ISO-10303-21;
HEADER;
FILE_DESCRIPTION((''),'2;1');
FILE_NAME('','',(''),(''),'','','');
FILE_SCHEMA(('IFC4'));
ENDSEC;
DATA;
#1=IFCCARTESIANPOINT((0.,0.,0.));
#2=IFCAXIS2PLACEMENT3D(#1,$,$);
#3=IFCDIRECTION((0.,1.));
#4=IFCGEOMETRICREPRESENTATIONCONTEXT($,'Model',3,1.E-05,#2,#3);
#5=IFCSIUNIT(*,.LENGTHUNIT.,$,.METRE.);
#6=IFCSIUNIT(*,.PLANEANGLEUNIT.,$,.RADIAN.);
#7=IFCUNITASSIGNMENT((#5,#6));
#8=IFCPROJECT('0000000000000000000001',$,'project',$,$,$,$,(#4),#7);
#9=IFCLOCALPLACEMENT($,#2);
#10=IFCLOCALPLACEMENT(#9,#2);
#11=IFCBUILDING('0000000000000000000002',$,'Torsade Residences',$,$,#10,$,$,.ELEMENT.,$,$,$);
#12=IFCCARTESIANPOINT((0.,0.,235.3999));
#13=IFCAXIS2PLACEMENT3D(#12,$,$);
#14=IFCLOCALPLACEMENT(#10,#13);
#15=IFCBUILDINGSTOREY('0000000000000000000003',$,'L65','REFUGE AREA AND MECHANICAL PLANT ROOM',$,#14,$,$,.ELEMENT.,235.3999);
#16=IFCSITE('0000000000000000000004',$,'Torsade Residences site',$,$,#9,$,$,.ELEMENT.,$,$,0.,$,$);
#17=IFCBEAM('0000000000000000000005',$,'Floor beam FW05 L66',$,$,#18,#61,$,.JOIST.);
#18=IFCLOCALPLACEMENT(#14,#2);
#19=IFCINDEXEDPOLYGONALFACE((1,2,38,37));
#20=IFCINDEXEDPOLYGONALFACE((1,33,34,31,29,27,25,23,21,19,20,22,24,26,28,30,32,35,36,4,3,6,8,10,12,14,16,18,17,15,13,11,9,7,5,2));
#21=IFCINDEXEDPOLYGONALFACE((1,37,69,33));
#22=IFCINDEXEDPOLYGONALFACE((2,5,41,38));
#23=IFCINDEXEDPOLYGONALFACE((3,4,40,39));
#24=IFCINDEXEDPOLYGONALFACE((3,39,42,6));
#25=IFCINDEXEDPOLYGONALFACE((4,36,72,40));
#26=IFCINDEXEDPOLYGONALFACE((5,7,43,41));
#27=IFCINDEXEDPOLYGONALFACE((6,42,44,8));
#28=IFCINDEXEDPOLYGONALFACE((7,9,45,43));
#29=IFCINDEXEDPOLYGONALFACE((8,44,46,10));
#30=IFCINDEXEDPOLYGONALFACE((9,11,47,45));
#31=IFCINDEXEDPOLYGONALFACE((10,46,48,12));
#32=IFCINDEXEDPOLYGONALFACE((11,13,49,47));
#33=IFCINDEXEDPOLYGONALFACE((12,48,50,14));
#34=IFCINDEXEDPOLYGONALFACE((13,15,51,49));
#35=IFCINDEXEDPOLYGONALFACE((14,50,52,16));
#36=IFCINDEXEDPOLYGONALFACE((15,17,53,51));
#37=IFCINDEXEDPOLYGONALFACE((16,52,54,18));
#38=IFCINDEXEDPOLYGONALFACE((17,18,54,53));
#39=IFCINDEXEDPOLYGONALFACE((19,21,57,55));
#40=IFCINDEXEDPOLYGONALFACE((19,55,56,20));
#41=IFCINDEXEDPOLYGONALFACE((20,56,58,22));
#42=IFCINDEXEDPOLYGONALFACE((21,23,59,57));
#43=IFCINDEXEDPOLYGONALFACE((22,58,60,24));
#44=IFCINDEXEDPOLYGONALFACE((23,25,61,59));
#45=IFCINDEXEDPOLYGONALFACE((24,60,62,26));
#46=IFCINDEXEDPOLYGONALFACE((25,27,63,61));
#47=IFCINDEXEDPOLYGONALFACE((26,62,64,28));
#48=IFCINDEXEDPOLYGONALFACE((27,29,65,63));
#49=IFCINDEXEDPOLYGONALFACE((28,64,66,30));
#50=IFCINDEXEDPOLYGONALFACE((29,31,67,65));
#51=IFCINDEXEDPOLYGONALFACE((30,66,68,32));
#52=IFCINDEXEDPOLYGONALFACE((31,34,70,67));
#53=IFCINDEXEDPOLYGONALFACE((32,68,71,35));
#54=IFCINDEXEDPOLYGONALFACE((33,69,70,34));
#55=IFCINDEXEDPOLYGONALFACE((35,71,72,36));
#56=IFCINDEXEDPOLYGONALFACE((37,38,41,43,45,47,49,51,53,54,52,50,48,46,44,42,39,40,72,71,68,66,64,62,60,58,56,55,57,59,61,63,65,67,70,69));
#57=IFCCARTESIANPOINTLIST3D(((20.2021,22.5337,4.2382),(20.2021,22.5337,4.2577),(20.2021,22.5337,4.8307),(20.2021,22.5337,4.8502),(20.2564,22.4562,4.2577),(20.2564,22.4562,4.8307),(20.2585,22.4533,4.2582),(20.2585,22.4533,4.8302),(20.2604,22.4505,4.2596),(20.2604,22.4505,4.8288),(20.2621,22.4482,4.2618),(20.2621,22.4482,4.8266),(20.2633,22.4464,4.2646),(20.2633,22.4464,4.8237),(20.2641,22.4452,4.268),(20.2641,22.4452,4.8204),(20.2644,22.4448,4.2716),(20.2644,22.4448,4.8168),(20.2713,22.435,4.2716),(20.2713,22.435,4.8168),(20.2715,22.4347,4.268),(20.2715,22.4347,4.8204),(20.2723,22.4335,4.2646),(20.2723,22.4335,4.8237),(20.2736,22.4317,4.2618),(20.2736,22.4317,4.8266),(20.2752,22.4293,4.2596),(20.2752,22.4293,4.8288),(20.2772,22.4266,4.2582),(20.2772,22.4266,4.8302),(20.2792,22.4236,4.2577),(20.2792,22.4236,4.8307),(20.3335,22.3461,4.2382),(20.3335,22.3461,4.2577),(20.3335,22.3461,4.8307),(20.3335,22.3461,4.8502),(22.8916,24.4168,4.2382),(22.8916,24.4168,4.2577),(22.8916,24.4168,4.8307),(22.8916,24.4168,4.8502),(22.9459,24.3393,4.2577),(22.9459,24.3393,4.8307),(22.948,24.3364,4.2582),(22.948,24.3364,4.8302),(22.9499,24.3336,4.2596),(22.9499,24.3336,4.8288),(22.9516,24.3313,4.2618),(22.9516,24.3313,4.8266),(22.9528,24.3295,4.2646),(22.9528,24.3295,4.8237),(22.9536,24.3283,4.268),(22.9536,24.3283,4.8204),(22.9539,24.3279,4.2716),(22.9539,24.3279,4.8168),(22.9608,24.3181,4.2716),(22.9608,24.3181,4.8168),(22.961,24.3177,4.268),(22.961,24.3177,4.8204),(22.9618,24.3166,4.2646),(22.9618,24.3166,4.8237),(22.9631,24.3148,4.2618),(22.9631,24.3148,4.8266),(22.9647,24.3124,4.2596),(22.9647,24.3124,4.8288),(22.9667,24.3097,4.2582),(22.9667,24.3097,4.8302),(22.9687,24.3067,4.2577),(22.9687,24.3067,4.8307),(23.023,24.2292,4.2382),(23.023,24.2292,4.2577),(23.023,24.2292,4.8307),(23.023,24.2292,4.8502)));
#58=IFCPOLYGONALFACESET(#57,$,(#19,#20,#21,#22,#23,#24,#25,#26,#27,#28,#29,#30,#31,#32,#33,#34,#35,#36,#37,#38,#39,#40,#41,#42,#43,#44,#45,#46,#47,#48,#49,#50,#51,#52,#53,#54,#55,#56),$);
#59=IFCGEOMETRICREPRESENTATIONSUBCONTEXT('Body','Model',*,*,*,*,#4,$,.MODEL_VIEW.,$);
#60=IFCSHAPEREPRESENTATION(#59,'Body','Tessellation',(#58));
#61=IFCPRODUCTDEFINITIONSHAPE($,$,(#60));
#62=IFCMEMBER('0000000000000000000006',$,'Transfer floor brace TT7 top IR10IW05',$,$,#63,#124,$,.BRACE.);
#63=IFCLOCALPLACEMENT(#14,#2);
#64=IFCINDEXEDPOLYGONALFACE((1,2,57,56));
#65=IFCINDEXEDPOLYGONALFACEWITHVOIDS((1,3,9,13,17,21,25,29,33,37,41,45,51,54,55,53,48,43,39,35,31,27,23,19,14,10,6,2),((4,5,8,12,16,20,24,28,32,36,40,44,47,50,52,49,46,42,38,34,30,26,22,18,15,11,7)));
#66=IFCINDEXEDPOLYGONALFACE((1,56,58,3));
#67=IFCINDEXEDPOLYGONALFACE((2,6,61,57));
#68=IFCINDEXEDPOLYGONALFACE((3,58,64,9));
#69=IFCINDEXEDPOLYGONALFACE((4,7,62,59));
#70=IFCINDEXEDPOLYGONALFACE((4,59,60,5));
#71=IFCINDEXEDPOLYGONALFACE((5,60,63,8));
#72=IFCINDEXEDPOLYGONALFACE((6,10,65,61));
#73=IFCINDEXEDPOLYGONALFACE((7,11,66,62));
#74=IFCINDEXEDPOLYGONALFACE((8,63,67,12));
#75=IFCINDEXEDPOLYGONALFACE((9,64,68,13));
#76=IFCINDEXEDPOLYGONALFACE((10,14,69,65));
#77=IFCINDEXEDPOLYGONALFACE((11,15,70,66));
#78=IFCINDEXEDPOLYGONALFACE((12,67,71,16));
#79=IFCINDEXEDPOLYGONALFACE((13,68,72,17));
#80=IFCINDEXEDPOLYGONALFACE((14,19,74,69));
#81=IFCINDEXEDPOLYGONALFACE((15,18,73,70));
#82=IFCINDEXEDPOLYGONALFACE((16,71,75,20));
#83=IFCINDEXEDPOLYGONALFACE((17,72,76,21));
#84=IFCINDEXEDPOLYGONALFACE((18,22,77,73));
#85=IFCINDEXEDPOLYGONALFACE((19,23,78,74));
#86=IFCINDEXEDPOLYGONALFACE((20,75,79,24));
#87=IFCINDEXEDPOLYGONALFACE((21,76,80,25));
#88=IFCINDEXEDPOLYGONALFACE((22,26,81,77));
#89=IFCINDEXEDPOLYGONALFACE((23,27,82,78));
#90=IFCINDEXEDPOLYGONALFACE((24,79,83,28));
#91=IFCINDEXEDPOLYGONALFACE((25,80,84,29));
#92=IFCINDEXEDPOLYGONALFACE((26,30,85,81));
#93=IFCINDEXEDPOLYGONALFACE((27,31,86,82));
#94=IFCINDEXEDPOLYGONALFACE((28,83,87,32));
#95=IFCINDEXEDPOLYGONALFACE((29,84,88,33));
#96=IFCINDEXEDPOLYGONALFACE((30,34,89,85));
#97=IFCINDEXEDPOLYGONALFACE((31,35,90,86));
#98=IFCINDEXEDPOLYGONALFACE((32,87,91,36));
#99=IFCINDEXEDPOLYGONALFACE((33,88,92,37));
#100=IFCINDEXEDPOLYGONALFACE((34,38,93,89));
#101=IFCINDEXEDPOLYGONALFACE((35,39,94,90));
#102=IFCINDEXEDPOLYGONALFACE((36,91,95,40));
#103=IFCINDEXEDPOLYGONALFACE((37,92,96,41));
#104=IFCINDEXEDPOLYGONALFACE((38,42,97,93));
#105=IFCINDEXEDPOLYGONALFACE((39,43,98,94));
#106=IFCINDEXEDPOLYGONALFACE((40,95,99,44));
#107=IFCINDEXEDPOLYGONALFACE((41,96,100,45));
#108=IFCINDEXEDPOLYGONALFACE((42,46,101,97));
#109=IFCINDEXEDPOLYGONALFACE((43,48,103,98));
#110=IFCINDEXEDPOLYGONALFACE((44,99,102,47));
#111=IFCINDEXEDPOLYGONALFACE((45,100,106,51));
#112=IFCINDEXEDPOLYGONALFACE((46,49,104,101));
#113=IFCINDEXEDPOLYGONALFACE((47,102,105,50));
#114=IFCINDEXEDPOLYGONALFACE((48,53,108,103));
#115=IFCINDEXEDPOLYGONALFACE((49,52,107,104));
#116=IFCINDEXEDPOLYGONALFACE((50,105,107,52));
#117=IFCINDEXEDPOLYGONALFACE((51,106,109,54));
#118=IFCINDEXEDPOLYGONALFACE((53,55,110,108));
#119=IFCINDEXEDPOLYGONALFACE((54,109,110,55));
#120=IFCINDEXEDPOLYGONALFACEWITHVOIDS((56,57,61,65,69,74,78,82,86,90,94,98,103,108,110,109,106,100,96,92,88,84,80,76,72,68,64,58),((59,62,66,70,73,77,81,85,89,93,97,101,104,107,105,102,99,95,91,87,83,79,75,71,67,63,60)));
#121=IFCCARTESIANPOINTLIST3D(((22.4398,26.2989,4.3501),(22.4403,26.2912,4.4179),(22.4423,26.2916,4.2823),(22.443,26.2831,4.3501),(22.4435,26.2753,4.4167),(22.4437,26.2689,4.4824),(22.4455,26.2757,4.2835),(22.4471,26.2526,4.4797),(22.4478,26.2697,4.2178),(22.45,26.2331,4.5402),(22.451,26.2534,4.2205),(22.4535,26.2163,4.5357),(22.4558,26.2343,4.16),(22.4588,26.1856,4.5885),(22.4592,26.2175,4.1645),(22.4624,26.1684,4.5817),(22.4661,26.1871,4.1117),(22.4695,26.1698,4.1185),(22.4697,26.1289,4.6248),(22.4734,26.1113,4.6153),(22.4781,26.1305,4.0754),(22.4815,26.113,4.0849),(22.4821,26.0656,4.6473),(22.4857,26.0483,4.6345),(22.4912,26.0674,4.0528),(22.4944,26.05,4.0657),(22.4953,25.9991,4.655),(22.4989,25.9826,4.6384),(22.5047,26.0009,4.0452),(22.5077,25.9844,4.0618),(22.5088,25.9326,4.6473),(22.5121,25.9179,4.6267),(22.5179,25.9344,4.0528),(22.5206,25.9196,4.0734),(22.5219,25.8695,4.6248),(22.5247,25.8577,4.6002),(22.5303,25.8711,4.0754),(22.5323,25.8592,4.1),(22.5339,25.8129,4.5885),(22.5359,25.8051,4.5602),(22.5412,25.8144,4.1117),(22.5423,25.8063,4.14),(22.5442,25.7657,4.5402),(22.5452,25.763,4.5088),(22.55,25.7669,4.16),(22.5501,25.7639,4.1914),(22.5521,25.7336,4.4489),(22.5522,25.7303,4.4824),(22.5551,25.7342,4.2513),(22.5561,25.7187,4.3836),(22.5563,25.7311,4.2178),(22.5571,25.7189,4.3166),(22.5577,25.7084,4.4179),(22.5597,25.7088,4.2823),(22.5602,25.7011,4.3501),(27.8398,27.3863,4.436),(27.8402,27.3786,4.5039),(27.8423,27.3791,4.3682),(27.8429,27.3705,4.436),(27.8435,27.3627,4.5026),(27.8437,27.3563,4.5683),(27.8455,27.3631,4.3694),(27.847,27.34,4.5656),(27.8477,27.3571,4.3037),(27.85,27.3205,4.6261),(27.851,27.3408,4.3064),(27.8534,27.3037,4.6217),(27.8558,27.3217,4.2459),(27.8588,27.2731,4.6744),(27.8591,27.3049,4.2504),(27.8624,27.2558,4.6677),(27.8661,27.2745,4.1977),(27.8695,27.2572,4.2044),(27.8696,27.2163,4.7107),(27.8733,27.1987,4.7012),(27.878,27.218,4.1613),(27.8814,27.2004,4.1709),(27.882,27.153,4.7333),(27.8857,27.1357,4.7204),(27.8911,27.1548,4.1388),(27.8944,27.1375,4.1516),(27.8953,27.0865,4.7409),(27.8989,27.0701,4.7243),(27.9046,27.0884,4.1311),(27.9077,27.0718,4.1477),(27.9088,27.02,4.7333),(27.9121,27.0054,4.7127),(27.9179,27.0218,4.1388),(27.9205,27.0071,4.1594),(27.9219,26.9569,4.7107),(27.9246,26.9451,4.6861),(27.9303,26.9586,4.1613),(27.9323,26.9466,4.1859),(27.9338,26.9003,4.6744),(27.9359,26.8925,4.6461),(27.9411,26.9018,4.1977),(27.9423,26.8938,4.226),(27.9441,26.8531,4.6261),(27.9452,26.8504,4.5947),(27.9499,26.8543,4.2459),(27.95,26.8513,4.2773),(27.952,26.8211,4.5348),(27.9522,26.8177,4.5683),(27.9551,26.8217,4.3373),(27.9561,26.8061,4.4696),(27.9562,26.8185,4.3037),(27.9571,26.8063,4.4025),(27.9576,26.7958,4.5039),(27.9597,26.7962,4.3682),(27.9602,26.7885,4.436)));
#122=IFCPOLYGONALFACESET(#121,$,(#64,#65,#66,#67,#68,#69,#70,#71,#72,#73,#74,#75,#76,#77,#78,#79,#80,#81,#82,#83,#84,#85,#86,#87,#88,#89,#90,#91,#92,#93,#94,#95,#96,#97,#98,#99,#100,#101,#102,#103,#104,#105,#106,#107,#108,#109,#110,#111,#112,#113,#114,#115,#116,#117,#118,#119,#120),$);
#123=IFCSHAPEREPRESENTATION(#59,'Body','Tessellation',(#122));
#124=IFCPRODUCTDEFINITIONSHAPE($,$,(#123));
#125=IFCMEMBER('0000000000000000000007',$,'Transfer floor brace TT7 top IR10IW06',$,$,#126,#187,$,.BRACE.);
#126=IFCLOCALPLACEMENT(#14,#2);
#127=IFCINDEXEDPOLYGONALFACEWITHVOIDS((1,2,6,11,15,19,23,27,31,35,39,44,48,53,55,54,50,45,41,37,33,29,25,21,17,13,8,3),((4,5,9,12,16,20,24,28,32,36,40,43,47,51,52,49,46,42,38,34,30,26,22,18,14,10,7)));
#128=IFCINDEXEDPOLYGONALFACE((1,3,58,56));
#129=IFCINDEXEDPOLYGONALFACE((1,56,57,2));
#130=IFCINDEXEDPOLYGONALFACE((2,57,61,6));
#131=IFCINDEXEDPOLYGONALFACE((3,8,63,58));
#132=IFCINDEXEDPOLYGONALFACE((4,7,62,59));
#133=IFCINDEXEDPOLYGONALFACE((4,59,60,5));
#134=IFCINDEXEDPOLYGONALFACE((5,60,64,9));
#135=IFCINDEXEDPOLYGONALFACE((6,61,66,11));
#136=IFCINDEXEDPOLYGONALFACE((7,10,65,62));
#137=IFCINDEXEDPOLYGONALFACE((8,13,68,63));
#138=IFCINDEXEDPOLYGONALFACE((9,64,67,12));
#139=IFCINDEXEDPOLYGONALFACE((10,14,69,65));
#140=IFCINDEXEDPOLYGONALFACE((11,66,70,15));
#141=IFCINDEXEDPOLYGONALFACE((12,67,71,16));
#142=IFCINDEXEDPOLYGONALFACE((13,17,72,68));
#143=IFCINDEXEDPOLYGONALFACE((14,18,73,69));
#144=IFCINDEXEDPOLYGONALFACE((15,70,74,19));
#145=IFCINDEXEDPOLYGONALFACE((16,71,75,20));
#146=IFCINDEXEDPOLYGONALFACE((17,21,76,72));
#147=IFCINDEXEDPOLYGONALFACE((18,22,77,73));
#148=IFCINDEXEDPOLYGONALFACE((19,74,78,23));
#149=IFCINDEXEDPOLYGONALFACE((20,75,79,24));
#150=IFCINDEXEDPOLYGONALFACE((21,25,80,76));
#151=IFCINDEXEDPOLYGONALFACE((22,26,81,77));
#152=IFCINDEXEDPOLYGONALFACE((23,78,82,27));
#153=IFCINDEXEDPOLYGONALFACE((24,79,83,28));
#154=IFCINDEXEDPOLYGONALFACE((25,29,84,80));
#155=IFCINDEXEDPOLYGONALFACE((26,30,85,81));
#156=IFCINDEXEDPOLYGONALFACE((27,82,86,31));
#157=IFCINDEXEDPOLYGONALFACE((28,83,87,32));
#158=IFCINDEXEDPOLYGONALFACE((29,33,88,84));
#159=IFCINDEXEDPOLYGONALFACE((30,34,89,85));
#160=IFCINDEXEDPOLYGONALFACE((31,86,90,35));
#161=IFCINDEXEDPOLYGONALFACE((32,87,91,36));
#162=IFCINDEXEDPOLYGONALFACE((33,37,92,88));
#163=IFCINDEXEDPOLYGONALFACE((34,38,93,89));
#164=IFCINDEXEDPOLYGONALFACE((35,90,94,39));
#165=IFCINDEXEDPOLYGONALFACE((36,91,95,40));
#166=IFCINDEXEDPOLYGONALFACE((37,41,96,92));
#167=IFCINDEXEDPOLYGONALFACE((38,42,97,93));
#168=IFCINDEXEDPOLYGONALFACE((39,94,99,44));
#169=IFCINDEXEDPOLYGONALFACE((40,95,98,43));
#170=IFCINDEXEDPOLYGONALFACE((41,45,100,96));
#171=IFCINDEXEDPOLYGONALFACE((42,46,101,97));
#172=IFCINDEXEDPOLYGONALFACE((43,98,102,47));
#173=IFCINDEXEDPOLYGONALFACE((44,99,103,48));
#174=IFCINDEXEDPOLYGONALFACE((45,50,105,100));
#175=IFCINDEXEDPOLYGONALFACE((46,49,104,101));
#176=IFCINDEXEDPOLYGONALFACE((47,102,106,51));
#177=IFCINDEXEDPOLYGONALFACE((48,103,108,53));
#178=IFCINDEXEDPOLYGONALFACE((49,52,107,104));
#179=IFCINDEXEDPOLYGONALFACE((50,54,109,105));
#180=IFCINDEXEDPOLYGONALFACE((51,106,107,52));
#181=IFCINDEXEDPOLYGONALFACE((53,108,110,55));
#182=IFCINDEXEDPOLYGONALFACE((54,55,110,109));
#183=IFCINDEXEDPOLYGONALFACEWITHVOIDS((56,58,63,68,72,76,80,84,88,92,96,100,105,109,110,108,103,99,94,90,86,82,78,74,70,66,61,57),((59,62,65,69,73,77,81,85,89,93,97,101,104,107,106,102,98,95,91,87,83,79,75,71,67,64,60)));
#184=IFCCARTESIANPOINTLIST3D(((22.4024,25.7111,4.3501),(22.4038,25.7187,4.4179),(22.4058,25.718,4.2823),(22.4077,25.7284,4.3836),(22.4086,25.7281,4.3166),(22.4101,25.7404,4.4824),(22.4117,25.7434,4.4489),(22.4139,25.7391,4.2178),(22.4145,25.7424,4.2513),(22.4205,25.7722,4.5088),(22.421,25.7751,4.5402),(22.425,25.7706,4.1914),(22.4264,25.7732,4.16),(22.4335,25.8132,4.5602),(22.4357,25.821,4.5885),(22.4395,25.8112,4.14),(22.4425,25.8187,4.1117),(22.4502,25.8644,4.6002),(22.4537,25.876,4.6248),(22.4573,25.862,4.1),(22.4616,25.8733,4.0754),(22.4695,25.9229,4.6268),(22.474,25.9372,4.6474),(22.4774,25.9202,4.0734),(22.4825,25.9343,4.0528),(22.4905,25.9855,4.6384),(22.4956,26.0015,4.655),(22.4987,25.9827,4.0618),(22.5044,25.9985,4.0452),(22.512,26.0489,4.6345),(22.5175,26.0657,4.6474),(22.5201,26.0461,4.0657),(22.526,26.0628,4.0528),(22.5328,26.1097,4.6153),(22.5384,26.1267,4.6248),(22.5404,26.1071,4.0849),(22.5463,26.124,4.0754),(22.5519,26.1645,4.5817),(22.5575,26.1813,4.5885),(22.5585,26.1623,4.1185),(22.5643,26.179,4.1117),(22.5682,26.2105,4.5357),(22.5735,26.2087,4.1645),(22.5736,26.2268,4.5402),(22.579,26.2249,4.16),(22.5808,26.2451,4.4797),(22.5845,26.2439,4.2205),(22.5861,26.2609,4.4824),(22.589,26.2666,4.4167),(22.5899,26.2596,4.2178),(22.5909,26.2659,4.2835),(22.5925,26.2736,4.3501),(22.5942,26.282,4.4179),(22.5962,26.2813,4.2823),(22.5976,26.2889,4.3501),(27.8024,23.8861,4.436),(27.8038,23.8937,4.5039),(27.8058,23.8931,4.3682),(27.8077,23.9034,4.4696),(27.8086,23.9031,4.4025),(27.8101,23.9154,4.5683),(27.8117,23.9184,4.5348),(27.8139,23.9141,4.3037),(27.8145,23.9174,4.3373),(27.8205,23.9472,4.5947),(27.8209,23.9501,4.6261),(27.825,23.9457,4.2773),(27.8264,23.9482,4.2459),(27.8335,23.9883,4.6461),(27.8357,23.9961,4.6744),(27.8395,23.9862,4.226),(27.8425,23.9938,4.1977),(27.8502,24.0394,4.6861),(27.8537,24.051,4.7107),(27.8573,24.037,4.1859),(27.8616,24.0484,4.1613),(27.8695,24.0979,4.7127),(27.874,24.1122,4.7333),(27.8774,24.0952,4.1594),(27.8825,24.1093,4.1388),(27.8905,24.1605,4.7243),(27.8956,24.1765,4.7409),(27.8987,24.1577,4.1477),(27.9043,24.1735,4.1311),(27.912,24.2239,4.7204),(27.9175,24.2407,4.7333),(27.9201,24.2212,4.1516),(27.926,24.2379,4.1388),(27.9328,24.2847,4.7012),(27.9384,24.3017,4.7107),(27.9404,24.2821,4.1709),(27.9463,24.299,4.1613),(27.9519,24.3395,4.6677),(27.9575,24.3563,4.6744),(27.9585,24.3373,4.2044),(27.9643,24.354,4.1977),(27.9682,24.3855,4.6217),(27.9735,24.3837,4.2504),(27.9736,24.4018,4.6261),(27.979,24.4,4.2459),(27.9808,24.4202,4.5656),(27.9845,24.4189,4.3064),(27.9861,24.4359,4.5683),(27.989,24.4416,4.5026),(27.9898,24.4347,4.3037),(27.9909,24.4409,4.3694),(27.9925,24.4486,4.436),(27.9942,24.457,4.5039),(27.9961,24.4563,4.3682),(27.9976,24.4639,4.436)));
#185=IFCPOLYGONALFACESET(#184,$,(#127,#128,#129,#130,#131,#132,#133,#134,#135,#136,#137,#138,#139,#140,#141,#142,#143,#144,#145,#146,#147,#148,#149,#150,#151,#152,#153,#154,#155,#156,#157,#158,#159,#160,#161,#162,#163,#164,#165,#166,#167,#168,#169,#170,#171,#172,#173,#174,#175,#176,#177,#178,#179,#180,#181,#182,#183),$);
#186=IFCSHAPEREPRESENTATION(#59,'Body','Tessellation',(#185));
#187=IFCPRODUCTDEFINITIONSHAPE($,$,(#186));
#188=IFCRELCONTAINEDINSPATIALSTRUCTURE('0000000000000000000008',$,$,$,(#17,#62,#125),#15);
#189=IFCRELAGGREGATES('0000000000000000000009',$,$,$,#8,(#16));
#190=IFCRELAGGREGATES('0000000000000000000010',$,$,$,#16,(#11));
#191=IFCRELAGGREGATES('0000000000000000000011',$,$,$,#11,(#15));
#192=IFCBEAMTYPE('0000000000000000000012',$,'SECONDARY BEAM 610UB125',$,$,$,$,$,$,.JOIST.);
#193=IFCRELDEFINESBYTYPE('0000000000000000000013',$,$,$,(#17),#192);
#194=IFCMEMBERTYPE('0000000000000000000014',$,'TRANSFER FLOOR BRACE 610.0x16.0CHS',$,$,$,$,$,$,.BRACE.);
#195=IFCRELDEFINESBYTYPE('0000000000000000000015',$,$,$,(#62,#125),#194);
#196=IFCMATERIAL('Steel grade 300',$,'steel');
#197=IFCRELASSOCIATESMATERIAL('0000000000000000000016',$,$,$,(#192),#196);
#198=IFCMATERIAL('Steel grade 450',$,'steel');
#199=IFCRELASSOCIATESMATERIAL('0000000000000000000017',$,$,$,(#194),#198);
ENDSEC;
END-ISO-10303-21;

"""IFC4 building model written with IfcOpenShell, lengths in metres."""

from ifc_helpers import new_model, si_unit, direction, frame, origin, origin_2d, place, context, subcontext, project, spatial, hollow_circle, i_section, extrude, material, material_profile, profile_set, type_object, element, save


model = new_model("IFC4")

# Units and contexts
model_context = context("Model", 3, precision=1e-05, world=origin(), true_north=direction((0.0, 1.0)))
body_context = subcontext(model_context, "Body", "Model", "MODEL_VIEW")
ifc_project = project(units=[si_unit("LENGTHUNIT", "METRE"), si_unit("PLANEANGLEUNIT", "RADIAN")], contexts=[model_context])

# Site, building, storey
site_placement = place(None, origin())
site = spatial("IfcSite", under=ifc_project, at=site_placement, Name="Torsade Residences site", CompositionType="ELEMENT", RefElevation=0.0)
building_placement = place(site_placement, origin())
building = spatial("IfcBuilding", under=site, at=building_placement, Name="Torsade Residences", CompositionType="ELEMENT")
storey_placement = place(building_placement, frame((0.0, 0.0, 235.3999)))
storey = spatial("IfcBuildingStorey", under=building, at=storey_placement, Name="L65", Description="REFUGE AREA AND MECHANICAL PLANT ROOM", CompositionType="ELEMENT", Elevation=235.3999)

# Beam
ifc_material_1 = material(Name="Steel grade 300", Category="steel")
ifc_material_profile_1 = material_profile(ifc_material_1, i_section(OverallWidth=0.229, OverallDepth=0.6121, WebThickness=0.012, FlangeThickness=0.0195, FilletRadius=0.0139, at=origin_2d()), Name="610UB125")
ifc_profile_set_1 = profile_set([ifc_material_profile_1], Name="Steel grade 300")
beam_type_1 = type_object("IfcBeamType", Name="SECONDARY BEAM 610UB125", PredefinedType="JOIST", material=ifc_profile_set_1)
beam_1_placement = place(storey_placement, frame((20.2678, 22.4399, 4.5442), z_axis=(0.819169, 0.573552, 0.0), x_axis=(-0.573552, 0.819169, 0.0)))
element("IfcBeam", 1, at=beam_1_placement, inside=storey, type_object=beam_type_1, Name="Floor beam FW05 L66", PredefinedType="JOIST", context=body_context, shape_type="SweptSolid", body=[
    extrude(i_section(OverallWidth=0.229, OverallDepth=0.6121, WebThickness=0.012, FlangeThickness=0.0195, FilletRadius=0.0139, at=origin_2d()), origin(), (0.0, 0.0, 1.0), 3.2832),
])

# Members
ifc_material_2 = material(Name="Steel grade 450", Category="steel")
ifc_material_profile_2 = material_profile(ifc_material_2, hollow_circle(Radius=0.3049, WallThickness=0.0161, at=origin_2d()), Name="610.0x16.0CHS")
ifc_profile_set_2 = profile_set([ifc_material_profile_2], Name="Steel grade 450")
member_type_1 = type_object("IfcMemberType", Name="TRANSFER FLOOR BRACE 610.0x16.0CHS", PredefinedType="BRACE", material=ifc_profile_set_2)
member_1_placement = place(storey_placement, frame((22.5, 26.0, 4.3501), z_axis=(0.980201, 0.197388, 0.0156), x_axis=(-0.197412, 0.980321, 0.0)))
element("IfcMember", 2, at=member_1_placement, inside=storey, type_object=member_type_1, Name="Transfer floor brace TT7 top IR10IW05", PredefinedType="BRACE", context=body_context, shape_type="SweptSolid", body=[
    extrude(hollow_circle(Radius=0.3049, WallThickness=0.0161, at=origin_2d()), origin(), (0.0, 0.0, 1.0), 5.509),
])
member_2_placement = place(storey_placement, frame((22.5, 26.0, 4.3501), z_axis=(0.947252, -0.320133, 0.015075), x_axis=(0.32017, 0.94736, 0.0)))
element("IfcMember", 3, at=member_2_placement, inside=storey, type_object=member_type_1, Name="Transfer floor brace TT7 top IR10IW06", PredefinedType="BRACE", context=body_context, shape_type="SweptSolid", body=[
    extrude(hollow_circle(Radius=0.3049, WallThickness=0.0161, at=origin_2d()), origin(), (0.0, 0.0, 1.0), 5.7007),
])

save(model, "model.ifc")
